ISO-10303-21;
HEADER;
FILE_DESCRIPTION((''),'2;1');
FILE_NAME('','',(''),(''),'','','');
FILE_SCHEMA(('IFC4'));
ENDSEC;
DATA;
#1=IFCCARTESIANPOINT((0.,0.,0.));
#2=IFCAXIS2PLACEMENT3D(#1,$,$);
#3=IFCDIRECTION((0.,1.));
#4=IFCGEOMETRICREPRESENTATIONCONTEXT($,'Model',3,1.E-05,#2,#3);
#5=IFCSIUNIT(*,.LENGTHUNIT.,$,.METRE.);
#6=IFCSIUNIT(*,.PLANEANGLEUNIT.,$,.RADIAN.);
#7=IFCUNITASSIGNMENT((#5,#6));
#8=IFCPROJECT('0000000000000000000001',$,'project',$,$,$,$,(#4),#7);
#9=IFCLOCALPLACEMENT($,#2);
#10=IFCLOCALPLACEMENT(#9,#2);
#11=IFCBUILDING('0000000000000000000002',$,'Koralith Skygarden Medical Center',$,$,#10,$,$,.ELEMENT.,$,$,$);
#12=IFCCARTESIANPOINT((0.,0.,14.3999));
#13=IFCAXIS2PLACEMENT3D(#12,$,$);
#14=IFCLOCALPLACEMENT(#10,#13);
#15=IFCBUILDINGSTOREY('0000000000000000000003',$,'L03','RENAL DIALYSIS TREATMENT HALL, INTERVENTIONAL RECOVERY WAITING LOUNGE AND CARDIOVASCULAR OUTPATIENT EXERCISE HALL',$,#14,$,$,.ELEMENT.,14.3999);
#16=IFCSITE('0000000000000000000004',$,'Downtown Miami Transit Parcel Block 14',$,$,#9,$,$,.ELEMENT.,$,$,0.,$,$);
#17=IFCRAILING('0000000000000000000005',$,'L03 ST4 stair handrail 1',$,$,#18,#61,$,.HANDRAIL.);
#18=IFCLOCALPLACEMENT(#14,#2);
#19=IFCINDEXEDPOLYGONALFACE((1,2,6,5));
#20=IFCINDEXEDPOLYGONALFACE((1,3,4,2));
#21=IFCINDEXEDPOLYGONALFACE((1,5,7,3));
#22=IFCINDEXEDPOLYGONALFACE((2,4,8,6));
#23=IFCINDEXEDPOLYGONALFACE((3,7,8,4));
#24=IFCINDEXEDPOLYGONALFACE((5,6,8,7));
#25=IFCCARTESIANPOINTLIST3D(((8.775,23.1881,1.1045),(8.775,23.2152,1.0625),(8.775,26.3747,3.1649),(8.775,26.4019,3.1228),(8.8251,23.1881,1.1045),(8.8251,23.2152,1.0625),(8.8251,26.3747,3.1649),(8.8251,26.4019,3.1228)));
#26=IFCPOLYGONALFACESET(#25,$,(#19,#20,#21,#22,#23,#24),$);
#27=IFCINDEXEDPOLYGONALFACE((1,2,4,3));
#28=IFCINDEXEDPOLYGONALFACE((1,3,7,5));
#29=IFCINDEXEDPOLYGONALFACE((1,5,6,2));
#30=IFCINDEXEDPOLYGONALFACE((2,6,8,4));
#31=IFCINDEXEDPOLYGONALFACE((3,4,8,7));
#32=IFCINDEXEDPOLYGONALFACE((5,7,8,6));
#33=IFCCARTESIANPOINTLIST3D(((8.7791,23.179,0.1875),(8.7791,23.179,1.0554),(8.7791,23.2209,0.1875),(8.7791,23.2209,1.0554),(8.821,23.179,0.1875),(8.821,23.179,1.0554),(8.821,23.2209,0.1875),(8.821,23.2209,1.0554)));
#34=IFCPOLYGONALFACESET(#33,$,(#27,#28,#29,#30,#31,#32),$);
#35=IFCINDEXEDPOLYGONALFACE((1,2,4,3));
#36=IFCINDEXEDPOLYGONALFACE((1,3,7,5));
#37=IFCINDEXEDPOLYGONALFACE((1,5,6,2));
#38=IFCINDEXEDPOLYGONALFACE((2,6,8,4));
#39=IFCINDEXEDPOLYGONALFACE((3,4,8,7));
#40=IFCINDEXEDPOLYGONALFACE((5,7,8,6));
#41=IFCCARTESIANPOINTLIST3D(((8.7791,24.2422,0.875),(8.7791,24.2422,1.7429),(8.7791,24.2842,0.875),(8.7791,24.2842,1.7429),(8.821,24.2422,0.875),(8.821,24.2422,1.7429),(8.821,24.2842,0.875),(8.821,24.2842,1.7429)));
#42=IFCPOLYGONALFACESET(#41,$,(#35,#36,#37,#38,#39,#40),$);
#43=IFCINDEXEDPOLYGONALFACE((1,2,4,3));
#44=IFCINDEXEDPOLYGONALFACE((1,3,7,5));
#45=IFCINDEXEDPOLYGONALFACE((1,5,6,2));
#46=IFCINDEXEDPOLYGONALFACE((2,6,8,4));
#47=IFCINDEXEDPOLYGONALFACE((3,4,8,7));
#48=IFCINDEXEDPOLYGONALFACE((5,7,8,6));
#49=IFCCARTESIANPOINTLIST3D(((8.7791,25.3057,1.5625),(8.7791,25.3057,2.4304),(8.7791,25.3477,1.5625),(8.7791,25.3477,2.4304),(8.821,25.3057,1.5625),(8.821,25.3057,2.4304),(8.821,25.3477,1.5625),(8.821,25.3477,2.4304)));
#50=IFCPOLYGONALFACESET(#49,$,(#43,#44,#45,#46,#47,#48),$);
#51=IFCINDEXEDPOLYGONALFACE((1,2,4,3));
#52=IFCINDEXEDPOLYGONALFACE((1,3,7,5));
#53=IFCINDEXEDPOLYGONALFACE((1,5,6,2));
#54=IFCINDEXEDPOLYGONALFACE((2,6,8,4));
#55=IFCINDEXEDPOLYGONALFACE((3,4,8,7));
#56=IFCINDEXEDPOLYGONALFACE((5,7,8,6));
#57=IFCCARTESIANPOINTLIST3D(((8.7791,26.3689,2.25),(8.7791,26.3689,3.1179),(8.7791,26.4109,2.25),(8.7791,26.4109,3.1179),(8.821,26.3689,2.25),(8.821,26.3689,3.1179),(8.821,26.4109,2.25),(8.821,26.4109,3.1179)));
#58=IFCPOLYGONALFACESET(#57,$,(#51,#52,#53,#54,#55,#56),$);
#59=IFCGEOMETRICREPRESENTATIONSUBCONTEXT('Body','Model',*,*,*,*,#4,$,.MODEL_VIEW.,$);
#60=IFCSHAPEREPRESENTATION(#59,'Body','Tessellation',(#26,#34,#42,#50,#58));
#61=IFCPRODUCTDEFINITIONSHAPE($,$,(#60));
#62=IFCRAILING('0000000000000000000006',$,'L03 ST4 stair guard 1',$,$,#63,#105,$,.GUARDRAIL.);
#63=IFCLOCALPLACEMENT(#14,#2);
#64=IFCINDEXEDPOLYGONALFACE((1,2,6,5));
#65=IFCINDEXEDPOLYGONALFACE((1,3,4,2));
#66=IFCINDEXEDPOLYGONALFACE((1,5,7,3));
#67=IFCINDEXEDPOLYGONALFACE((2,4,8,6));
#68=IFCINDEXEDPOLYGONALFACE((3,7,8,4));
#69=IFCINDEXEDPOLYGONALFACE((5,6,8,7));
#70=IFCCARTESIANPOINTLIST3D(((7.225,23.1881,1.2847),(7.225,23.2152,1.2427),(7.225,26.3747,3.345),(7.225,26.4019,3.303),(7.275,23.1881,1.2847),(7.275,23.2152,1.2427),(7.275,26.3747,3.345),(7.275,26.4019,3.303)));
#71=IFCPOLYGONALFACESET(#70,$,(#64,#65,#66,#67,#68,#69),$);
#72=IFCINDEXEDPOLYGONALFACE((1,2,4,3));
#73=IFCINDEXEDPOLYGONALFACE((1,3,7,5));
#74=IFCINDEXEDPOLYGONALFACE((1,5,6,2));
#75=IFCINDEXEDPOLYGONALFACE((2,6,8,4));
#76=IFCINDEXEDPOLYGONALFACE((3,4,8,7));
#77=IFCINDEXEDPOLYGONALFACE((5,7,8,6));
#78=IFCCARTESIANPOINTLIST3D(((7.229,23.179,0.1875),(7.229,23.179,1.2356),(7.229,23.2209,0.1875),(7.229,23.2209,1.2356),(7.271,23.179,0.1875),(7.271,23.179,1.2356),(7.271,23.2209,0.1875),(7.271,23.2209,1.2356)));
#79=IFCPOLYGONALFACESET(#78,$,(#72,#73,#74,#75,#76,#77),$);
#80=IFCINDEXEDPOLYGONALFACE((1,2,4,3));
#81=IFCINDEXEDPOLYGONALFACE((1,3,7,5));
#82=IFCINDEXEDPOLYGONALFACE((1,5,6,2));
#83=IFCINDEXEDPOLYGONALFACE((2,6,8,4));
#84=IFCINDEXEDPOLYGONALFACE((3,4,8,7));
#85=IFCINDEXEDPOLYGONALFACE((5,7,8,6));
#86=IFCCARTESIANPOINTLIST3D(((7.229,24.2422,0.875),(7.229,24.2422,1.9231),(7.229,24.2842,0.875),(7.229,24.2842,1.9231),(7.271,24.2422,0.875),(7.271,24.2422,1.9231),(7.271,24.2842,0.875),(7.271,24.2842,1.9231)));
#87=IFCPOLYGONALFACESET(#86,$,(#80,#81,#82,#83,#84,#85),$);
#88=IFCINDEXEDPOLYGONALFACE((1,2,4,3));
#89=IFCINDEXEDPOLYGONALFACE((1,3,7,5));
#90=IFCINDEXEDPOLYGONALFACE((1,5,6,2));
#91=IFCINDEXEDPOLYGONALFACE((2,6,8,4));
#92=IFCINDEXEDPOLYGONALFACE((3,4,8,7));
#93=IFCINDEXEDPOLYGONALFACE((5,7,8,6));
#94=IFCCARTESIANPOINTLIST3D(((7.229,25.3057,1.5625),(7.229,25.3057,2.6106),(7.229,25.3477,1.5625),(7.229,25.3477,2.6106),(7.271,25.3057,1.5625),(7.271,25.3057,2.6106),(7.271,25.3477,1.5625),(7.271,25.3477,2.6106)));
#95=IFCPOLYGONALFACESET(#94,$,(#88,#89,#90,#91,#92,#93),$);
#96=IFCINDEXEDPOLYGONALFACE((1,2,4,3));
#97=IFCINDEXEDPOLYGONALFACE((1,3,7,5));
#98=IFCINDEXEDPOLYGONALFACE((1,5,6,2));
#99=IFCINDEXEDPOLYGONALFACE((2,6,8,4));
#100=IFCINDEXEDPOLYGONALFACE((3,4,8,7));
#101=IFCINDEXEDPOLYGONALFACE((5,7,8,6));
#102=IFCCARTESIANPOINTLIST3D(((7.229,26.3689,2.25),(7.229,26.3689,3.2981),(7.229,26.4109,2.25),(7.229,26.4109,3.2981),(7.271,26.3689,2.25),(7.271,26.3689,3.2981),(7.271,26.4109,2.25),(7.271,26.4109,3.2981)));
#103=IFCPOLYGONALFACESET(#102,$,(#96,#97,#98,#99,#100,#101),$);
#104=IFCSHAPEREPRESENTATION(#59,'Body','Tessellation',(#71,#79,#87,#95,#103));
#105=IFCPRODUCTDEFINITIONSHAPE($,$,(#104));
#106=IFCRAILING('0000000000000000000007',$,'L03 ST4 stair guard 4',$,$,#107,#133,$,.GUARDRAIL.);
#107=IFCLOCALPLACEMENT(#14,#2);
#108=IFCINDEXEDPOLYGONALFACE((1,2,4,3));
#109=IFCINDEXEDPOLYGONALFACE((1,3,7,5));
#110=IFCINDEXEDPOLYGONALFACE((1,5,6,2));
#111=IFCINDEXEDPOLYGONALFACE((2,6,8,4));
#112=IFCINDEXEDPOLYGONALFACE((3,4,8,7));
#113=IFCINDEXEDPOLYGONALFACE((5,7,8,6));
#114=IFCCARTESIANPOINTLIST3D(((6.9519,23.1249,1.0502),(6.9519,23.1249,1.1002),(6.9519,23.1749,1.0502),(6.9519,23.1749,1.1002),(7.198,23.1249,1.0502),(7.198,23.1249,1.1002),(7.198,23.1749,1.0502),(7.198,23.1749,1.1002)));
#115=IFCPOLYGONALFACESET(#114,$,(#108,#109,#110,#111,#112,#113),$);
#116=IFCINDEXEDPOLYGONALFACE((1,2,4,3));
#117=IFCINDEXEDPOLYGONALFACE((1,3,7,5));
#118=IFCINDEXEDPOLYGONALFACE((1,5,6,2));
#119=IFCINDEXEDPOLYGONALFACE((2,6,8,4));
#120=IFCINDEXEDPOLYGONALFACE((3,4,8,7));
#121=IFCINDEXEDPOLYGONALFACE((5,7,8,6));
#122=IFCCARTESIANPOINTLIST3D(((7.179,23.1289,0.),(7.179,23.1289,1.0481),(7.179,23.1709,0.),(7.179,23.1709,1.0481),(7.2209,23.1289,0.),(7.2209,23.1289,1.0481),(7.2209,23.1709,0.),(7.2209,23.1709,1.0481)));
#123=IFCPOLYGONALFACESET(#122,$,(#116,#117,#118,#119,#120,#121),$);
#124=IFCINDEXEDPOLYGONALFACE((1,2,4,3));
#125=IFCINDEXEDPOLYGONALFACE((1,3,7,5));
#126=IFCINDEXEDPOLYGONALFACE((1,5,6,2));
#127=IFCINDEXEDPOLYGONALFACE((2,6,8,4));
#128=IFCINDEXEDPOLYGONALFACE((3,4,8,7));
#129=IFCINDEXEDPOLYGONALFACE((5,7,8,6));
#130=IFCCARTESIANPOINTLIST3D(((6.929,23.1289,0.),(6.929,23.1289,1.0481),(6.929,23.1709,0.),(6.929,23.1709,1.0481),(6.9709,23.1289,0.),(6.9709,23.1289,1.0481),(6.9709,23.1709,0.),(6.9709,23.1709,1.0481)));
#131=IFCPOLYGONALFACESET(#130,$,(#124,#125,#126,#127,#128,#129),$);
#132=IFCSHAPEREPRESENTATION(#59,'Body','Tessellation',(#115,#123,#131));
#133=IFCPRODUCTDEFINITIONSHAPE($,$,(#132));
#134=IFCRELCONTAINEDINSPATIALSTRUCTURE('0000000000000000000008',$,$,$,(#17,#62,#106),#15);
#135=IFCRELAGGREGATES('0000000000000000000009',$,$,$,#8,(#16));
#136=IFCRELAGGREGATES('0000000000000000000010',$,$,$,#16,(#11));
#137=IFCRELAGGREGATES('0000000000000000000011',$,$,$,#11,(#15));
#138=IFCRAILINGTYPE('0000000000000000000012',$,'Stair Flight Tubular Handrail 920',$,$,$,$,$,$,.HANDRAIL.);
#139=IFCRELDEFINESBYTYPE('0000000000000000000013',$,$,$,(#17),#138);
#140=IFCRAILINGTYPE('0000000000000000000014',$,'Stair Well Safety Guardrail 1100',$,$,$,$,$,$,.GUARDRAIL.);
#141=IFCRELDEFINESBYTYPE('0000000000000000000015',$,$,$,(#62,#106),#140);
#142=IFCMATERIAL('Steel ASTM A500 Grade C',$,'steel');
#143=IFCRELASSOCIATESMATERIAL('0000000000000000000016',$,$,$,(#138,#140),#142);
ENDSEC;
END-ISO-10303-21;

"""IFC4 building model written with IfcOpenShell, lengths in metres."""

from ifc_helpers import new_model, si_unit, direction, frame, origin, origin_2d, place, context, subcontext, project, spatial, rectangle, extrude, material, type_object, element, save


model = new_model("IFC4")

# Units and contexts
model_context = context("Model", 3, precision=1e-05, world=origin(), true_north=direction((0.0, 1.0)))
body_context = subcontext(model_context, "Body", "Model", "MODEL_VIEW")
ifc_project = project(units=[si_unit("LENGTHUNIT", "METRE"), si_unit("PLANEANGLEUNIT", "RADIAN")], contexts=[model_context])

# Site, building, storey
site_placement = place(None, origin())
site = spatial("IfcSite", under=ifc_project, at=site_placement, Name="Downtown Miami Transit Parcel Block 14", CompositionType="ELEMENT", RefElevation=0.0)
building_placement = place(site_placement, origin())
building = spatial("IfcBuilding", under=site, at=building_placement, Name="Koralith Skygarden Medical Center", CompositionType="ELEMENT")
storey_placement = place(building_placement, frame((0.0, 0.0, 14.3999)))
storey = spatial("IfcBuildingStorey", under=building, at=storey_placement, Name="L03", Description="RENAL DIALYSIS TREATMENT HALL, INTERVENTIONAL RECOVERY WAITING LOUNGE AND CARDIOVASCULAR OUTPATIENT EXERCISE HALL", CompositionType="ELEMENT", Elevation=14.3999)

# Railings
ifc_material_1 = material(Name="Steel ASTM A500 Grade C", Category="steel")
railing_type_1 = type_object("IfcRailingType", Name="Stair Flight Tubular Handrail 920", PredefinedType="HANDRAIL", material=ifc_material_1)
railing_1_placement = place(storey_placement, frame((8.8, 23.2, 0.1875)))
element("IfcRailing", 1, at=railing_1_placement, inside=storey, type_object=railing_type_1, Name="L03 ST4 stair handrail 1", PredefinedType="HANDRAIL", context=body_context, shape_type="SweptSolid", body=[
    extrude(rectangle(XDim=0.05, YDim=0.05, at=origin_2d()), frame((0.0, 0.0017, 0.896), z_axis=(0.0, 0.83976, 0.542958), x_axis=(-1.0, 0.0, 0.0)), (0.0, 0.0, 1.0), 3.7947),
    extrude(rectangle(XDim=0.042, YDim=0.042, at=origin_2d()), origin(), (0.0, 0.0, 1.0), 0.8679),
    extrude(rectangle(XDim=0.042, YDim=0.042, at=origin_2d()), frame((0.0, 1.0632, 0.6875)), (0.0, 0.0, 1.0), 0.8679),
    extrude(rectangle(XDim=0.042, YDim=0.042, at=origin_2d()), frame((0.0, 2.1267, 1.375)), (0.0, 0.0, 1.0), 0.8679),
    extrude(rectangle(XDim=0.042, YDim=0.042, at=origin_2d()), frame((0.0, 3.1899, 2.0625)), (0.0, 0.0, 1.0), 0.8679),
])
railing_type_2 = type_object("IfcRailingType", Name="Stair Well Safety Guardrail 1100", PredefinedType="GUARDRAIL", material=ifc_material_1)
railing_2_placement = place(storey_placement, frame((7.25, 23.2, 0.1875)))
element("IfcRailing", 2, at=railing_2_placement, inside=storey, type_object=railing_type_2, Name="L03 ST4 stair guard 1", PredefinedType="GUARDRAIL", context=body_context, shape_type="SweptSolid", body=[
    extrude(rectangle(XDim=0.05, YDim=0.05, at=origin_2d()), frame((0.0, 0.0017, 1.0762), z_axis=(0.0, 0.83976, 0.542958), x_axis=(-1.0, 0.0, 0.0)), (0.0, 0.0, 1.0), 3.7947),
    extrude(rectangle(XDim=0.042, YDim=0.042, at=origin_2d()), origin(), (0.0, 0.0, 1.0), 1.0481),
    extrude(rectangle(XDim=0.042, YDim=0.042, at=origin_2d()), frame((0.0, 1.0632, 0.6875)), (0.0, 0.0, 1.0), 1.0481),
    extrude(rectangle(XDim=0.042, YDim=0.042, at=origin_2d()), frame((0.0, 2.1267, 1.375)), (0.0, 0.0, 1.0), 1.0481),
    extrude(rectangle(XDim=0.042, YDim=0.042, at=origin_2d()), frame((0.0, 3.1899, 2.0625)), (0.0, 0.0, 1.0), 1.0481),
])
railing_3_placement = place(storey_placement, frame((7.2, 23.1499, 0.0)))
element("IfcRailing", 3, at=railing_3_placement, inside=storey, type_object=railing_type_2, Name="L03 ST4 stair guard 4", PredefinedType="GUARDRAIL", context=body_context, shape_type="SweptSolid", body=[
    extrude(rectangle(XDim=0.05, YDim=0.05, at=origin_2d()), frame((-0.002, 0.0, 1.0752), z_axis=(-1.0, 0.0, 0.0), x_axis=(0.0, -1.0, 0.0)), (0.0, 0.0, 1.0), 0.2461),
    extrude(rectangle(XDim=0.042, YDim=0.042, at=origin_2d()), origin(), (0.0, 0.0, 1.0), 1.0481),
    extrude(rectangle(XDim=0.042, YDim=0.042, at=origin_2d()), frame((-0.25, 0.0, 0.0)), (0.0, 0.0, 1.0), 1.0481),
])

save(model, "model.ifc")
